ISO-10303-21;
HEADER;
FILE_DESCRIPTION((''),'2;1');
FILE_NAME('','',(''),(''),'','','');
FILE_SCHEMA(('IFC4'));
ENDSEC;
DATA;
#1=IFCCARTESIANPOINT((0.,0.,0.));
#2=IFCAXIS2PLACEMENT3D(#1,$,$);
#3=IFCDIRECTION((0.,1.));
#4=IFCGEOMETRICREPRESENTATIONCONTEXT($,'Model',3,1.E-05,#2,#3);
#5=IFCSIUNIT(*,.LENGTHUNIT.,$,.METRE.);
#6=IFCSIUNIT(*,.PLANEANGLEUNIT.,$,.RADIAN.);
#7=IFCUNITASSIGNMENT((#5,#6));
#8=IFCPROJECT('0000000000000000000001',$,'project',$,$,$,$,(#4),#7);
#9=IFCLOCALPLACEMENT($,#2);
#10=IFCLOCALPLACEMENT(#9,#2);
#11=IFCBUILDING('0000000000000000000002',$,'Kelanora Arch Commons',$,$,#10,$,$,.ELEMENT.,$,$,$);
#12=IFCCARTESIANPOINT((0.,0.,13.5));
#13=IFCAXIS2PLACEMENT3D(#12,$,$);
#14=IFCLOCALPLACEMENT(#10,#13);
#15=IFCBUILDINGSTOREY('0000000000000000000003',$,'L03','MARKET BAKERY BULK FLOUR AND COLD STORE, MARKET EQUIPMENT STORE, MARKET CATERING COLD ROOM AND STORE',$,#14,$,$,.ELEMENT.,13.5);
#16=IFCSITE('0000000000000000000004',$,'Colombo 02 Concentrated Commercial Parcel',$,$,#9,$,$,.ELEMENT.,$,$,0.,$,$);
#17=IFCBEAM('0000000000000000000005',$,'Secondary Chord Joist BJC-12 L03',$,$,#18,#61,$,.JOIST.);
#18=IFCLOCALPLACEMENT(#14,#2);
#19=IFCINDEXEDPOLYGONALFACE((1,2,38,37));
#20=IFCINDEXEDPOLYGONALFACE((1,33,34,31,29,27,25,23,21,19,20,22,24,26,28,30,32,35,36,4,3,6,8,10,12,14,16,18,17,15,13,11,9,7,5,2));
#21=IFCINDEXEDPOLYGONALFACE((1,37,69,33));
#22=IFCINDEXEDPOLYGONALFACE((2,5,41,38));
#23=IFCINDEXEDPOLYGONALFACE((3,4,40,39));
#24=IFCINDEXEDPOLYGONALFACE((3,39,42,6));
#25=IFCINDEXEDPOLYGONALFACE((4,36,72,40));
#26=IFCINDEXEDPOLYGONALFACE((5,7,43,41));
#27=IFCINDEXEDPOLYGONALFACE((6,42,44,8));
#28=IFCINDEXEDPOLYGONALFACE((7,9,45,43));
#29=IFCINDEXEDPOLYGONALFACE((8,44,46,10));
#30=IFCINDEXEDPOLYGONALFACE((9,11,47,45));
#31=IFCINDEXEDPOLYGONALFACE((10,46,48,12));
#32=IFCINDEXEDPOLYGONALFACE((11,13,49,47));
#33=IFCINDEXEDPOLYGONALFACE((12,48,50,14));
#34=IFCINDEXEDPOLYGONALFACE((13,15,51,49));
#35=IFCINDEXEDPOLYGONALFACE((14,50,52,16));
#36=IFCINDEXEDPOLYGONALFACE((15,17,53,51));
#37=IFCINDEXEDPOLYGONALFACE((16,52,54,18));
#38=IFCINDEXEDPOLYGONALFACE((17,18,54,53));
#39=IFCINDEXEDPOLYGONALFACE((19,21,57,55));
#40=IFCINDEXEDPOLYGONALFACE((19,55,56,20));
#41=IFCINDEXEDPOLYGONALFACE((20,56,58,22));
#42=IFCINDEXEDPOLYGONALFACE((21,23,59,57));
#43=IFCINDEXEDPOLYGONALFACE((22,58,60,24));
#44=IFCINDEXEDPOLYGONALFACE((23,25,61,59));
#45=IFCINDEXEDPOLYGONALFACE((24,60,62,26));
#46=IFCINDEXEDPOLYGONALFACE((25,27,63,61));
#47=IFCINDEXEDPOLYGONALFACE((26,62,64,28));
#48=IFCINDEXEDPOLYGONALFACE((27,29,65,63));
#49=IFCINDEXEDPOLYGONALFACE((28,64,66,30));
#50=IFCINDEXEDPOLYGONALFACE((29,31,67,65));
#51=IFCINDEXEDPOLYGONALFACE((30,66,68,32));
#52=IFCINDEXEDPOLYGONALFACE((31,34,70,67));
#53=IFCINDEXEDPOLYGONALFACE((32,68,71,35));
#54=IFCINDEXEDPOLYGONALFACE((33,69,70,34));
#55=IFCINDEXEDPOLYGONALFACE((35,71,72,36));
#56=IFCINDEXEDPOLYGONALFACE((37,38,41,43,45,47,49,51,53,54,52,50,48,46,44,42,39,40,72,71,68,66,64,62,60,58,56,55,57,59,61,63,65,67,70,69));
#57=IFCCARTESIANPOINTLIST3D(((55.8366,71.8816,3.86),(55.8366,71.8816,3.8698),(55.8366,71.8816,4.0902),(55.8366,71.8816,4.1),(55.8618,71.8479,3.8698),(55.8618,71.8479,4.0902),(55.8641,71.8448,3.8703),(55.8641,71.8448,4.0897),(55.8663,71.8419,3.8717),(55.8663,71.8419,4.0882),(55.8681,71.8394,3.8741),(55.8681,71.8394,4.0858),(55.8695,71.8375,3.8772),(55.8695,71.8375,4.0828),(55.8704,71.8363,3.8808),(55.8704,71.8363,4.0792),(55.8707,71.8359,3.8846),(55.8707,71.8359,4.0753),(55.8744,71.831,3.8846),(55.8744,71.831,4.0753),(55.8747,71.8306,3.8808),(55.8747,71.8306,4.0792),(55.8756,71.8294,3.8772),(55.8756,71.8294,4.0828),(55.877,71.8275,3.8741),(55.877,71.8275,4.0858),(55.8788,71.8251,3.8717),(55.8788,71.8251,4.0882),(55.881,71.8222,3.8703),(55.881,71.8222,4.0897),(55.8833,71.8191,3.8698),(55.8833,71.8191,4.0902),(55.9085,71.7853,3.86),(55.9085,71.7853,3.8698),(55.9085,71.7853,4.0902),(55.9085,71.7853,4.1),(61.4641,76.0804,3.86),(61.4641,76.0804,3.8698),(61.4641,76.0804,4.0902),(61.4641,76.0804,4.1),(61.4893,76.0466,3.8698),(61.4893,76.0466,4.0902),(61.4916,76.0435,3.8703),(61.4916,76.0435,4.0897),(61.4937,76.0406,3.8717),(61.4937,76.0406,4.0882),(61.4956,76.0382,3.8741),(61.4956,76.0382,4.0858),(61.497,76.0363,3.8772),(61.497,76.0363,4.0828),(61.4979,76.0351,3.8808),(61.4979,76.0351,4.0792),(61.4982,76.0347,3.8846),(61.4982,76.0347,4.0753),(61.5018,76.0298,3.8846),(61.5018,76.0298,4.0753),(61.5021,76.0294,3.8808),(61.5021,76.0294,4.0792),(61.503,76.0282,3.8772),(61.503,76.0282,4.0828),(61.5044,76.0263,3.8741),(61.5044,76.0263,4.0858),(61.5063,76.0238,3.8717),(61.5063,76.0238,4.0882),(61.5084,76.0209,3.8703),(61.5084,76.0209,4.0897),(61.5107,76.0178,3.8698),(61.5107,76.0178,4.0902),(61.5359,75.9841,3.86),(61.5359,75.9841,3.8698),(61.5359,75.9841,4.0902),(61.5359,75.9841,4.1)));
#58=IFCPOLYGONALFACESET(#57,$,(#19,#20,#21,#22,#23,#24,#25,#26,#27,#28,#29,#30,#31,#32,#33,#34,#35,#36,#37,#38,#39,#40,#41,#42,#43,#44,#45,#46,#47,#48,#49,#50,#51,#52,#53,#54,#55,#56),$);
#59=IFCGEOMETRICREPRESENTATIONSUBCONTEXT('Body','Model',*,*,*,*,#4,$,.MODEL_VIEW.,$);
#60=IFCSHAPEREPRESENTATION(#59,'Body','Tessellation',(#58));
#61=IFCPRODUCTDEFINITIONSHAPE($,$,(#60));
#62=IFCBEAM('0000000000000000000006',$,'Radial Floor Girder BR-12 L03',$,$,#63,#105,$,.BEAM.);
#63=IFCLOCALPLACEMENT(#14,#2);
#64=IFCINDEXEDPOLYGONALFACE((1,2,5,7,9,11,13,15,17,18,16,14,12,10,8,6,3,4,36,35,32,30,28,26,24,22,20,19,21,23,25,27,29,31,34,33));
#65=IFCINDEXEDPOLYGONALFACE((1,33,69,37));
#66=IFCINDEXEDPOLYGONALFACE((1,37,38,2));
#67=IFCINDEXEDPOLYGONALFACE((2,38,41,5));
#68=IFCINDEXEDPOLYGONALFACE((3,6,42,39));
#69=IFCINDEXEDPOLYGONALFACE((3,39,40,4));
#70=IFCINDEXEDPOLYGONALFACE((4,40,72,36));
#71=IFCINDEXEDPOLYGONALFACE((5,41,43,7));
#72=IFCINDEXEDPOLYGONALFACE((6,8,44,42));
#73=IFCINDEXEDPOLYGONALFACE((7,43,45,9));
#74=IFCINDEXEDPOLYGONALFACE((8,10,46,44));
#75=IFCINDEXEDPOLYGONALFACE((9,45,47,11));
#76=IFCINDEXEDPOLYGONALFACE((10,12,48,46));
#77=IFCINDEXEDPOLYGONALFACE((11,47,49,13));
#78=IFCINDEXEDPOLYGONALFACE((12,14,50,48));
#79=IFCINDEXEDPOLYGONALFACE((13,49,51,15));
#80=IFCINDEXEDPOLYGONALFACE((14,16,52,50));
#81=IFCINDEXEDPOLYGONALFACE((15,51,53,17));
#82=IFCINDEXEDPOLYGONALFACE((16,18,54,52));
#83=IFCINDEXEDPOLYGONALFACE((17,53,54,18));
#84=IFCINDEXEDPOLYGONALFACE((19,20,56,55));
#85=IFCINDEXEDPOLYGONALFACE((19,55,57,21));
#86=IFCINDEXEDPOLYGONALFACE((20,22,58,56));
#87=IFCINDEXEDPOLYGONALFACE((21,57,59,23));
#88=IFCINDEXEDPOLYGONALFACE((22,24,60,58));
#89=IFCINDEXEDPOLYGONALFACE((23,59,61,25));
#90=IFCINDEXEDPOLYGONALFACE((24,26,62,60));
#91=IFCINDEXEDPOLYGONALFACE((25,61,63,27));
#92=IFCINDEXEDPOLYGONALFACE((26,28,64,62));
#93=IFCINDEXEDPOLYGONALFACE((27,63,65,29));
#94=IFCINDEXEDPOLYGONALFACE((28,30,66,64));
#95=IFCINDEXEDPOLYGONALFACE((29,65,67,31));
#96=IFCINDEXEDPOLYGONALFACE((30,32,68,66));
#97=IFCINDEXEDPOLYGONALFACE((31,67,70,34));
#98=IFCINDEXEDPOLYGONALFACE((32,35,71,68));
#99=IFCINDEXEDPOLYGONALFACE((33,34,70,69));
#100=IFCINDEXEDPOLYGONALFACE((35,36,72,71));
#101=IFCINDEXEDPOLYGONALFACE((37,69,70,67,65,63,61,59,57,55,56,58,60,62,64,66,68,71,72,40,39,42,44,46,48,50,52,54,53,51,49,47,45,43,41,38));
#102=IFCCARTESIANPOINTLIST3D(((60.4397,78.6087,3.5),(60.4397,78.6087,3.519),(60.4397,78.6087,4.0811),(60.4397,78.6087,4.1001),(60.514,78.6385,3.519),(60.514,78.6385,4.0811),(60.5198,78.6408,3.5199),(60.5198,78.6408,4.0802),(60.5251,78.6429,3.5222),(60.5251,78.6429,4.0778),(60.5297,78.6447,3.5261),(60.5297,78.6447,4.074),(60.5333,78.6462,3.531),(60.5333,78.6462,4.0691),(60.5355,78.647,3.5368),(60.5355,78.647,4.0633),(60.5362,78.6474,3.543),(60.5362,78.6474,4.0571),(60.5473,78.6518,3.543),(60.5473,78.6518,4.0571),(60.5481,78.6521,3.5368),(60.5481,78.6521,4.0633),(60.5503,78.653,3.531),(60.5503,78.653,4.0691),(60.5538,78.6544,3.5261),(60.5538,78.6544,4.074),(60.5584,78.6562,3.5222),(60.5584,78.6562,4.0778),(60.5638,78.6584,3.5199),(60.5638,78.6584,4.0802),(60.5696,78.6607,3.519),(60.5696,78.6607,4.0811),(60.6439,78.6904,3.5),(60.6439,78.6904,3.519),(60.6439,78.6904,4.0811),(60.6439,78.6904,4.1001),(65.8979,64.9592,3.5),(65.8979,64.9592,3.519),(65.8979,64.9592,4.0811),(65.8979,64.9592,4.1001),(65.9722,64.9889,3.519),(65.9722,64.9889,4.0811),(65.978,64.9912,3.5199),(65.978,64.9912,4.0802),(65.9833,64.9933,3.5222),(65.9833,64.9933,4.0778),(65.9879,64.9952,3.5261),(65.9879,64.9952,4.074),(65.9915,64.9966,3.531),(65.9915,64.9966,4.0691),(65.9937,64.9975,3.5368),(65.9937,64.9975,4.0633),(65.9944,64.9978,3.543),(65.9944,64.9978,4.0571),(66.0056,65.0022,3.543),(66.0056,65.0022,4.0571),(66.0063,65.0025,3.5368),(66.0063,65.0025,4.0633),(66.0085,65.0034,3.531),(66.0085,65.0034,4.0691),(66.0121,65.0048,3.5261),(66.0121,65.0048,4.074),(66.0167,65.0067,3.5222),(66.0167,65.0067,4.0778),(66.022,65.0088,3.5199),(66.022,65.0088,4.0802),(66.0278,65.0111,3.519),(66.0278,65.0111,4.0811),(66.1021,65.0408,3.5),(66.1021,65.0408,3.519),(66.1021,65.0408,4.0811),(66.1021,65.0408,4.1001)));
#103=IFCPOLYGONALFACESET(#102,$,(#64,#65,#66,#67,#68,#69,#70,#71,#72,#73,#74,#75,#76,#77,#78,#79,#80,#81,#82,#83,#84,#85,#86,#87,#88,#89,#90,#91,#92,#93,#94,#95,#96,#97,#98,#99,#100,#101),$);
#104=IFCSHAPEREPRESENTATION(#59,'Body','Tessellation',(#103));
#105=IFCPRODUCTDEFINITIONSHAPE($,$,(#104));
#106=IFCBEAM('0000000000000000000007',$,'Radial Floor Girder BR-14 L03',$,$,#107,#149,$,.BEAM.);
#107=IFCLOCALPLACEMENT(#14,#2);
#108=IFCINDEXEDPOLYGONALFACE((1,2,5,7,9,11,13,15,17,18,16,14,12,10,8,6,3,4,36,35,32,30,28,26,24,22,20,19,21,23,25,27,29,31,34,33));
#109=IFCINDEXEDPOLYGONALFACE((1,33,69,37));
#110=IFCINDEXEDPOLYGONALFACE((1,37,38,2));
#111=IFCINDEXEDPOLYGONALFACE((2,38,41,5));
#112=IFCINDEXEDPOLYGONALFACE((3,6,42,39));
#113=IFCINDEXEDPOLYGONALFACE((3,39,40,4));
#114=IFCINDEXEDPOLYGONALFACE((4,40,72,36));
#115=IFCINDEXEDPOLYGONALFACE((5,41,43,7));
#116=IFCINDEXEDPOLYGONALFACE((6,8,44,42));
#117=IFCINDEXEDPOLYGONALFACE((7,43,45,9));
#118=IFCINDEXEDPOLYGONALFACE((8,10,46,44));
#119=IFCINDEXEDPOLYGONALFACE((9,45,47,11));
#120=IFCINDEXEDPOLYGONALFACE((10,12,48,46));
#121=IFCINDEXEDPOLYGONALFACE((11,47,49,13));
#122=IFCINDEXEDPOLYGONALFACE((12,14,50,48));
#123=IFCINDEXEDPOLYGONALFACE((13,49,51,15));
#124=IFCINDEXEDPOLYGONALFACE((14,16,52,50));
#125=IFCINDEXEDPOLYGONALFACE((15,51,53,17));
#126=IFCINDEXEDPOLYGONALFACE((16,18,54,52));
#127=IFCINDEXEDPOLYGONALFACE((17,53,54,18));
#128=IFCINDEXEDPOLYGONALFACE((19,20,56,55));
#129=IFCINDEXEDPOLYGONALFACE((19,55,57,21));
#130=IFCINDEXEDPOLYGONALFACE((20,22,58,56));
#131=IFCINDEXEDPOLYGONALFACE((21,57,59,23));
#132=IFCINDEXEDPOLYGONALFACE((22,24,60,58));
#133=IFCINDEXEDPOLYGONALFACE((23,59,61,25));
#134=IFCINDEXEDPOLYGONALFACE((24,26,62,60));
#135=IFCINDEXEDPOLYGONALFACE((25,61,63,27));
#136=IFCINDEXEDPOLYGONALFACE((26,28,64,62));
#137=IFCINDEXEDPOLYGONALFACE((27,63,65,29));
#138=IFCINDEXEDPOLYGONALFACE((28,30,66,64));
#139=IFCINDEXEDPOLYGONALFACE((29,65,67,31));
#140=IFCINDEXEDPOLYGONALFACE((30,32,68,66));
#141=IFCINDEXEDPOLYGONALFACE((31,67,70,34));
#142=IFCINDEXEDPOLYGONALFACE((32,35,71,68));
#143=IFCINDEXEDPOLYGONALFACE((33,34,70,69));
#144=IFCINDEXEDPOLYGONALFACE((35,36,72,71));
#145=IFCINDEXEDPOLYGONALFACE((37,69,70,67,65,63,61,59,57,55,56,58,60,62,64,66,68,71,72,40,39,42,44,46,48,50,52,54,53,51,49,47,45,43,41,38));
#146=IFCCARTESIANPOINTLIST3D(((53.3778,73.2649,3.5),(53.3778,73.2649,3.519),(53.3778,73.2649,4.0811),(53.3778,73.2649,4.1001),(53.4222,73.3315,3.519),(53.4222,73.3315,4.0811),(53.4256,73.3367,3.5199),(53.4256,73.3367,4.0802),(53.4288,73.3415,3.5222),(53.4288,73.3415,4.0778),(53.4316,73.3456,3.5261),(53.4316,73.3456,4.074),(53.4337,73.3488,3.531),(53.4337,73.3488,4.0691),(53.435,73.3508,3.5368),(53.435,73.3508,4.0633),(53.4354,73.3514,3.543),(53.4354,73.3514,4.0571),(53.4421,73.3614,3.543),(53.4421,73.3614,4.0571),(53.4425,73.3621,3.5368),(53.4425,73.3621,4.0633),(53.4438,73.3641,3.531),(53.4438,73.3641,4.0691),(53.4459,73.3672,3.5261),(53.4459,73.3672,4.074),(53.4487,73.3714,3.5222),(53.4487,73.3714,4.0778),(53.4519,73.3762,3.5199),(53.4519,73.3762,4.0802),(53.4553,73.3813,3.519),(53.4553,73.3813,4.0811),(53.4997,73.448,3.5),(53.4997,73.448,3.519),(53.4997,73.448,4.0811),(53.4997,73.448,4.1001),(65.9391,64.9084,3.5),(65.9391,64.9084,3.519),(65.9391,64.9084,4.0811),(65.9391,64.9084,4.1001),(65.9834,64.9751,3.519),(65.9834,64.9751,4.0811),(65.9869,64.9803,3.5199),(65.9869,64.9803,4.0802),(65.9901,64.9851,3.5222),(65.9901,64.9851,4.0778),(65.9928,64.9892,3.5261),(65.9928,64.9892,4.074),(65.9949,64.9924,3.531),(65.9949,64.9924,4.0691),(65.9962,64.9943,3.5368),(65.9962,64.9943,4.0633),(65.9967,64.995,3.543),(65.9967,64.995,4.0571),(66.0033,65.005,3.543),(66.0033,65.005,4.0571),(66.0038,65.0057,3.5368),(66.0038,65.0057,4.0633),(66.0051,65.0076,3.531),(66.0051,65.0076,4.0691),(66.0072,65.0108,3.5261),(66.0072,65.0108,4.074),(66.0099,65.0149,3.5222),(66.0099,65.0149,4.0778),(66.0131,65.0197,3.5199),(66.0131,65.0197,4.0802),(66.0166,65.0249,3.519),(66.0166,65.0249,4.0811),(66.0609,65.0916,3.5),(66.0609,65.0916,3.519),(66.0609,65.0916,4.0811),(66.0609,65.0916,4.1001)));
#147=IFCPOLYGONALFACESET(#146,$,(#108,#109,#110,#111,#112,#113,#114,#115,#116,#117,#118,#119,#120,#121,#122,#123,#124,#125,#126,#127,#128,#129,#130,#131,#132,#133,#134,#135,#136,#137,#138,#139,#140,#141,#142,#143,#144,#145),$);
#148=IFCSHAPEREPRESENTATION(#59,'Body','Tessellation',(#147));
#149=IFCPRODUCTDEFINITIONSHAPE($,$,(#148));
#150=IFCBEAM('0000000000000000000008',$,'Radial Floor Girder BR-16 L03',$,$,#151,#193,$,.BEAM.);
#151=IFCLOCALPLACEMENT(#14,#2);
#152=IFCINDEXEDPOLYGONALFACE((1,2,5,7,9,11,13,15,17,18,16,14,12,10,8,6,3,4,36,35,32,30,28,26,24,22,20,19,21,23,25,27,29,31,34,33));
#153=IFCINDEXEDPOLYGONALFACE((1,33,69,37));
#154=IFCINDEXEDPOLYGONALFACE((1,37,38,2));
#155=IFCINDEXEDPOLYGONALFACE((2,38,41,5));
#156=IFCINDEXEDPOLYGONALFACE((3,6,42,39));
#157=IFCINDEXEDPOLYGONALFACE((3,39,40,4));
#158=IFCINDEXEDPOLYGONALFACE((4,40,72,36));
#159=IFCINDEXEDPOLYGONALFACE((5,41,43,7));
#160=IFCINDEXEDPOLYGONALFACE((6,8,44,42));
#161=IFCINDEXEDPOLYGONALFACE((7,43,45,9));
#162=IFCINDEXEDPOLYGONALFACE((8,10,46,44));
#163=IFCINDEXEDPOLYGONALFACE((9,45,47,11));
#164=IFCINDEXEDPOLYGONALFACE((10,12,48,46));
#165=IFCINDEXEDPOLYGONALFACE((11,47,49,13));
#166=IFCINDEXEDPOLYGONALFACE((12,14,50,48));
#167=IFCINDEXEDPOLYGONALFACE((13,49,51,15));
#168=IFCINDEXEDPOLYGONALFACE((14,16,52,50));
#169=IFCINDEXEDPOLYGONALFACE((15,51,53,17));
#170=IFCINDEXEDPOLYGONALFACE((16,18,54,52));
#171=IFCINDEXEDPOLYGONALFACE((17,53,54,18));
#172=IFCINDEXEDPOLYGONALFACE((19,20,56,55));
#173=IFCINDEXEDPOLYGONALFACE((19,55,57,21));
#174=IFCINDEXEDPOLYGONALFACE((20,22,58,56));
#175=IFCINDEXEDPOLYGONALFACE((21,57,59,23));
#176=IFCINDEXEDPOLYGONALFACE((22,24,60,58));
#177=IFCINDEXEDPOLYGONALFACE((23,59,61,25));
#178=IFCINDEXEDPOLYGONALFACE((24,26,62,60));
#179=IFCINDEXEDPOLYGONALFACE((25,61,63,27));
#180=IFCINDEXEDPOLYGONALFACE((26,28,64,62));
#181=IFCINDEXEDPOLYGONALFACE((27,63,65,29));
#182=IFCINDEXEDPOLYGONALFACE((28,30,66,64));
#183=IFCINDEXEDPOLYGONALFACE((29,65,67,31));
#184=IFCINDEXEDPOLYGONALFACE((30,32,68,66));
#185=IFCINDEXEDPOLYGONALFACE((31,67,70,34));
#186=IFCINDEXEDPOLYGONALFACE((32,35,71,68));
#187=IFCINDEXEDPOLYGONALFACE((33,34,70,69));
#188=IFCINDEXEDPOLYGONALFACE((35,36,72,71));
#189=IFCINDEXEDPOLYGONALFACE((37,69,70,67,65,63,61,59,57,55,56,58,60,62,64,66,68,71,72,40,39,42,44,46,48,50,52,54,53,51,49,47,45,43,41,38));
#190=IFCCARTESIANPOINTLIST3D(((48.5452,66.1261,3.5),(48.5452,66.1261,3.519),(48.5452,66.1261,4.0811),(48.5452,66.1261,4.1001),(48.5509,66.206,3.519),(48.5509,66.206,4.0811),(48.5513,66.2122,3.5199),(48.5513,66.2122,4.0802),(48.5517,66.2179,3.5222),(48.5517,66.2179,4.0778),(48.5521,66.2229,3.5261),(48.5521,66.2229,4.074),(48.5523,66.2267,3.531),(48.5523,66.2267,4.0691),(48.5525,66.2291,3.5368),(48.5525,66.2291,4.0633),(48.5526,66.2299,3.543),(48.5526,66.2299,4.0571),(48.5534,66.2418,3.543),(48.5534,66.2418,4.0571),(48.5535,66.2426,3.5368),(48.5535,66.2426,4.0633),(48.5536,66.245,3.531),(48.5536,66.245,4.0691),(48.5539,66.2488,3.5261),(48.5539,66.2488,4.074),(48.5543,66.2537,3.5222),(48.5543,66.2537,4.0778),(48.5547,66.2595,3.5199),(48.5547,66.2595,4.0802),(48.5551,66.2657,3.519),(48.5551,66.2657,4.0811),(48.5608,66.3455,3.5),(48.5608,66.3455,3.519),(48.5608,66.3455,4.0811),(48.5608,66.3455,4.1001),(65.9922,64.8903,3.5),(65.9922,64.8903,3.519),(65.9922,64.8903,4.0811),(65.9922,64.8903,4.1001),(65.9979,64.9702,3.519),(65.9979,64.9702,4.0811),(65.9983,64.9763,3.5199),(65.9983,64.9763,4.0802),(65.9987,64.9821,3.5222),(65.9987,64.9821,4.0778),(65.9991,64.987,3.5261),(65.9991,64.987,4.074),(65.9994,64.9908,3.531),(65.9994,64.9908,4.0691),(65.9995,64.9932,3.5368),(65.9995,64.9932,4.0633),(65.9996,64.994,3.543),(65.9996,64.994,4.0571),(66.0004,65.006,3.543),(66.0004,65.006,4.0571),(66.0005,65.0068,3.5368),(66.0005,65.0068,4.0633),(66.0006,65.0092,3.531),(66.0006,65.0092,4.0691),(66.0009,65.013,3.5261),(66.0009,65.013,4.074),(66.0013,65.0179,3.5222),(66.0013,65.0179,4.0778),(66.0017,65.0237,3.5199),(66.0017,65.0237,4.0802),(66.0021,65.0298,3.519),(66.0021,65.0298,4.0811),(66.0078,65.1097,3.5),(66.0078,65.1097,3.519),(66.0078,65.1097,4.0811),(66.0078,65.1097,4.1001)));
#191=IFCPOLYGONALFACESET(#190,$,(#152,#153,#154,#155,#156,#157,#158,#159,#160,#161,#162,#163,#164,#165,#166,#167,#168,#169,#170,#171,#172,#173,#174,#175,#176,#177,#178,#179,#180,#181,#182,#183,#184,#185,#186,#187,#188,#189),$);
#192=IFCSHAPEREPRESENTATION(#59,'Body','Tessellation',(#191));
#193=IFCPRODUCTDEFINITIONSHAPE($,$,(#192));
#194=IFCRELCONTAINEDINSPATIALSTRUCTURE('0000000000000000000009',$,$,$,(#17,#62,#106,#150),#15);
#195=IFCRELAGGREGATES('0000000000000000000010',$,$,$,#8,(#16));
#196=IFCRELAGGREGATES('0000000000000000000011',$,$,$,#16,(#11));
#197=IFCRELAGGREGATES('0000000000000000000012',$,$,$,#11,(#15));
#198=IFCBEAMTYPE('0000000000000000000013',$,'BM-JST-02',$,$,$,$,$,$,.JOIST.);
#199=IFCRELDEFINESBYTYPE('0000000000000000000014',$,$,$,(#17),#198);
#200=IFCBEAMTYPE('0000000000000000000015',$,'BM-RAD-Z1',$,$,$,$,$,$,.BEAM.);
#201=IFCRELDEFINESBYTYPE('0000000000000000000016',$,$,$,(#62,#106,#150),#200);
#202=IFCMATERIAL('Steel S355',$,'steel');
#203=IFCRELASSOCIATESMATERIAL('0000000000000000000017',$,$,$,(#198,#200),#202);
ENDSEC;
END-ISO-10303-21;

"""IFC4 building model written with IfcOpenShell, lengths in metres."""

from ifc_helpers import new_model, si_unit, direction, frame, origin, origin_2d, place, context, subcontext, project, spatial, i_section, extrude, material, material_profile, profile_set, type_object, element, save


model = new_model("IFC4")

# Units and contexts
model_context = context("Model", 3, precision=1e-05, world=origin(), true_north=direction((0.0, 1.0)))
body_context = subcontext(model_context, "Body", "Model", "MODEL_VIEW")
ifc_project = project(units=[si_unit("LENGTHUNIT", "METRE"), si_unit("PLANEANGLEUNIT", "RADIAN")], contexts=[model_context])

# Site, building, storey
site_placement = place(None, origin())
site = spatial("IfcSite", under=ifc_project, at=site_placement, Name="Colombo 02 Concentrated Commercial Parcel", CompositionType="ELEMENT", RefElevation=0.0)
building_placement = place(site_placement, origin())
building = spatial("IfcBuilding", under=site, at=building_placement, Name="Kelanora Arch Commons", CompositionType="ELEMENT")
storey_placement = place(building_placement, frame((0.0, 0.0, 13.5)))
storey = spatial("IfcBuildingStorey", under=building, at=storey_placement, Name="L03", Description="MARKET BAKERY BULK FLOUR AND COLD STORE, MARKET EQUIPMENT STORE, MARKET CATERING COLD ROOM AND STORE", CompositionType="ELEMENT", Elevation=13.5)

# Beams
ifc_material_1 = material(Name="Steel S355", Category="steel")
ifc_material_profile_1 = material_profile(ifc_material_1, i_section(OverallWidth=0.1201, OverallDepth=0.24, WebThickness=0.0061, FlangeThickness=0.0098, FilletRadius=0.0149, at=origin_2d()), Name="IPE240")
ifc_profile_set_1 = profile_set([ifc_material_profile_1], Name="Steel S355")
beam_type_1 = type_object("IfcBeamType", Name="BM-JST-02", PredefinedType="JOIST", material=ifc_profile_set_1)
beam_1_placement = place(storey_placement, frame((61.5, 76.0322, 3.98), z_axis=(-0.801491, -0.598006, 0.0), x_axis=(0.598006, -0.801491, 0.0)))
element("IfcBeam", 1, at=beam_1_placement, inside=storey, type_object=beam_type_1, Name="Secondary Chord Joist BJC-12 L03", PredefinedType="JOIST", context=body_context, shape_type="SweptSolid", body=[
    extrude(i_section(OverallWidth=0.1201, OverallDepth=0.24, WebThickness=0.0061, FlangeThickness=0.0098, FilletRadius=0.0149, at=origin_2d()), origin(), (0.0, 0.0, 1.0), 7.0212),
])
ifc_material_profile_2 = material_profile(ifc_material_1, i_section(OverallWidth=0.22, OverallDepth=0.6001, WebThickness=0.012, FlangeThickness=0.019, FilletRadius=0.0239, at=origin_2d()), Name="IPE600")
ifc_profile_set_2 = profile_set([ifc_material_profile_2], Name="Steel S355")
beam_type_2 = type_object("IfcBeamType", Name="BM-RAD-Z1", PredefinedType="BEAM", material=ifc_profile_set_2)
beam_2_placement = place(storey_placement, frame((66.0, 65.0, 3.8), z_axis=(-0.371296, 0.928514, 0.0), x_axis=(-0.928514, -0.371296, 0.0)))
element("IfcBeam", 2, at=beam_2_placement, inside=storey, type_object=beam_type_2, Name="Radial Floor Girder BR-12 L03", PredefinedType="BEAM", context=body_context, shape_type="SweptSolid", body=[
    extrude(i_section(OverallWidth=0.22, OverallDepth=0.6001, WebThickness=0.012, FlangeThickness=0.019, FilletRadius=0.0239, at=origin_2d()), origin(), (0.0, 0.0, 1.0), 14.7004),
])
beam_3_placement = place(storey_placement, frame((66.0, 65.0, 3.8), z_axis=(-0.832593, 0.553886, 0.0), x_axis=(-0.553886, -0.832593, 0.0)))
element("IfcBeam", 3, at=beam_3_placement, inside=storey, type_object=beam_type_2, Name="Radial Floor Girder BR-14 L03", PredefinedType="BEAM", context=body_context, shape_type="SweptSolid", body=[
    extrude(i_section(OverallWidth=0.22, OverallDepth=0.6001, WebThickness=0.012, FlangeThickness=0.019, FilletRadius=0.0239, at=origin_2d()), origin(), (0.0, 0.0, 1.0), 15.0869),
])
beam_4_placement = place(storey_placement, frame((66.0, 65.0, 3.8), z_axis=(-0.997501, 0.070657, 0.0), x_axis=(-0.070657, -0.997501, 0.0)))
element("IfcBeam", 4, at=beam_4_placement, inside=storey, type_object=beam_type_2, Name="Radial Floor Girder BR-16 L03", PredefinedType="BEAM", context=body_context, shape_type="SweptSolid", body=[
    extrude(i_section(OverallWidth=0.22, OverallDepth=0.6001, WebThickness=0.012, FlangeThickness=0.019, FilletRadius=0.0239, at=origin_2d()), origin(), (0.0, 0.0, 1.0), 17.4907),
])

save(model, "model.ifc")
